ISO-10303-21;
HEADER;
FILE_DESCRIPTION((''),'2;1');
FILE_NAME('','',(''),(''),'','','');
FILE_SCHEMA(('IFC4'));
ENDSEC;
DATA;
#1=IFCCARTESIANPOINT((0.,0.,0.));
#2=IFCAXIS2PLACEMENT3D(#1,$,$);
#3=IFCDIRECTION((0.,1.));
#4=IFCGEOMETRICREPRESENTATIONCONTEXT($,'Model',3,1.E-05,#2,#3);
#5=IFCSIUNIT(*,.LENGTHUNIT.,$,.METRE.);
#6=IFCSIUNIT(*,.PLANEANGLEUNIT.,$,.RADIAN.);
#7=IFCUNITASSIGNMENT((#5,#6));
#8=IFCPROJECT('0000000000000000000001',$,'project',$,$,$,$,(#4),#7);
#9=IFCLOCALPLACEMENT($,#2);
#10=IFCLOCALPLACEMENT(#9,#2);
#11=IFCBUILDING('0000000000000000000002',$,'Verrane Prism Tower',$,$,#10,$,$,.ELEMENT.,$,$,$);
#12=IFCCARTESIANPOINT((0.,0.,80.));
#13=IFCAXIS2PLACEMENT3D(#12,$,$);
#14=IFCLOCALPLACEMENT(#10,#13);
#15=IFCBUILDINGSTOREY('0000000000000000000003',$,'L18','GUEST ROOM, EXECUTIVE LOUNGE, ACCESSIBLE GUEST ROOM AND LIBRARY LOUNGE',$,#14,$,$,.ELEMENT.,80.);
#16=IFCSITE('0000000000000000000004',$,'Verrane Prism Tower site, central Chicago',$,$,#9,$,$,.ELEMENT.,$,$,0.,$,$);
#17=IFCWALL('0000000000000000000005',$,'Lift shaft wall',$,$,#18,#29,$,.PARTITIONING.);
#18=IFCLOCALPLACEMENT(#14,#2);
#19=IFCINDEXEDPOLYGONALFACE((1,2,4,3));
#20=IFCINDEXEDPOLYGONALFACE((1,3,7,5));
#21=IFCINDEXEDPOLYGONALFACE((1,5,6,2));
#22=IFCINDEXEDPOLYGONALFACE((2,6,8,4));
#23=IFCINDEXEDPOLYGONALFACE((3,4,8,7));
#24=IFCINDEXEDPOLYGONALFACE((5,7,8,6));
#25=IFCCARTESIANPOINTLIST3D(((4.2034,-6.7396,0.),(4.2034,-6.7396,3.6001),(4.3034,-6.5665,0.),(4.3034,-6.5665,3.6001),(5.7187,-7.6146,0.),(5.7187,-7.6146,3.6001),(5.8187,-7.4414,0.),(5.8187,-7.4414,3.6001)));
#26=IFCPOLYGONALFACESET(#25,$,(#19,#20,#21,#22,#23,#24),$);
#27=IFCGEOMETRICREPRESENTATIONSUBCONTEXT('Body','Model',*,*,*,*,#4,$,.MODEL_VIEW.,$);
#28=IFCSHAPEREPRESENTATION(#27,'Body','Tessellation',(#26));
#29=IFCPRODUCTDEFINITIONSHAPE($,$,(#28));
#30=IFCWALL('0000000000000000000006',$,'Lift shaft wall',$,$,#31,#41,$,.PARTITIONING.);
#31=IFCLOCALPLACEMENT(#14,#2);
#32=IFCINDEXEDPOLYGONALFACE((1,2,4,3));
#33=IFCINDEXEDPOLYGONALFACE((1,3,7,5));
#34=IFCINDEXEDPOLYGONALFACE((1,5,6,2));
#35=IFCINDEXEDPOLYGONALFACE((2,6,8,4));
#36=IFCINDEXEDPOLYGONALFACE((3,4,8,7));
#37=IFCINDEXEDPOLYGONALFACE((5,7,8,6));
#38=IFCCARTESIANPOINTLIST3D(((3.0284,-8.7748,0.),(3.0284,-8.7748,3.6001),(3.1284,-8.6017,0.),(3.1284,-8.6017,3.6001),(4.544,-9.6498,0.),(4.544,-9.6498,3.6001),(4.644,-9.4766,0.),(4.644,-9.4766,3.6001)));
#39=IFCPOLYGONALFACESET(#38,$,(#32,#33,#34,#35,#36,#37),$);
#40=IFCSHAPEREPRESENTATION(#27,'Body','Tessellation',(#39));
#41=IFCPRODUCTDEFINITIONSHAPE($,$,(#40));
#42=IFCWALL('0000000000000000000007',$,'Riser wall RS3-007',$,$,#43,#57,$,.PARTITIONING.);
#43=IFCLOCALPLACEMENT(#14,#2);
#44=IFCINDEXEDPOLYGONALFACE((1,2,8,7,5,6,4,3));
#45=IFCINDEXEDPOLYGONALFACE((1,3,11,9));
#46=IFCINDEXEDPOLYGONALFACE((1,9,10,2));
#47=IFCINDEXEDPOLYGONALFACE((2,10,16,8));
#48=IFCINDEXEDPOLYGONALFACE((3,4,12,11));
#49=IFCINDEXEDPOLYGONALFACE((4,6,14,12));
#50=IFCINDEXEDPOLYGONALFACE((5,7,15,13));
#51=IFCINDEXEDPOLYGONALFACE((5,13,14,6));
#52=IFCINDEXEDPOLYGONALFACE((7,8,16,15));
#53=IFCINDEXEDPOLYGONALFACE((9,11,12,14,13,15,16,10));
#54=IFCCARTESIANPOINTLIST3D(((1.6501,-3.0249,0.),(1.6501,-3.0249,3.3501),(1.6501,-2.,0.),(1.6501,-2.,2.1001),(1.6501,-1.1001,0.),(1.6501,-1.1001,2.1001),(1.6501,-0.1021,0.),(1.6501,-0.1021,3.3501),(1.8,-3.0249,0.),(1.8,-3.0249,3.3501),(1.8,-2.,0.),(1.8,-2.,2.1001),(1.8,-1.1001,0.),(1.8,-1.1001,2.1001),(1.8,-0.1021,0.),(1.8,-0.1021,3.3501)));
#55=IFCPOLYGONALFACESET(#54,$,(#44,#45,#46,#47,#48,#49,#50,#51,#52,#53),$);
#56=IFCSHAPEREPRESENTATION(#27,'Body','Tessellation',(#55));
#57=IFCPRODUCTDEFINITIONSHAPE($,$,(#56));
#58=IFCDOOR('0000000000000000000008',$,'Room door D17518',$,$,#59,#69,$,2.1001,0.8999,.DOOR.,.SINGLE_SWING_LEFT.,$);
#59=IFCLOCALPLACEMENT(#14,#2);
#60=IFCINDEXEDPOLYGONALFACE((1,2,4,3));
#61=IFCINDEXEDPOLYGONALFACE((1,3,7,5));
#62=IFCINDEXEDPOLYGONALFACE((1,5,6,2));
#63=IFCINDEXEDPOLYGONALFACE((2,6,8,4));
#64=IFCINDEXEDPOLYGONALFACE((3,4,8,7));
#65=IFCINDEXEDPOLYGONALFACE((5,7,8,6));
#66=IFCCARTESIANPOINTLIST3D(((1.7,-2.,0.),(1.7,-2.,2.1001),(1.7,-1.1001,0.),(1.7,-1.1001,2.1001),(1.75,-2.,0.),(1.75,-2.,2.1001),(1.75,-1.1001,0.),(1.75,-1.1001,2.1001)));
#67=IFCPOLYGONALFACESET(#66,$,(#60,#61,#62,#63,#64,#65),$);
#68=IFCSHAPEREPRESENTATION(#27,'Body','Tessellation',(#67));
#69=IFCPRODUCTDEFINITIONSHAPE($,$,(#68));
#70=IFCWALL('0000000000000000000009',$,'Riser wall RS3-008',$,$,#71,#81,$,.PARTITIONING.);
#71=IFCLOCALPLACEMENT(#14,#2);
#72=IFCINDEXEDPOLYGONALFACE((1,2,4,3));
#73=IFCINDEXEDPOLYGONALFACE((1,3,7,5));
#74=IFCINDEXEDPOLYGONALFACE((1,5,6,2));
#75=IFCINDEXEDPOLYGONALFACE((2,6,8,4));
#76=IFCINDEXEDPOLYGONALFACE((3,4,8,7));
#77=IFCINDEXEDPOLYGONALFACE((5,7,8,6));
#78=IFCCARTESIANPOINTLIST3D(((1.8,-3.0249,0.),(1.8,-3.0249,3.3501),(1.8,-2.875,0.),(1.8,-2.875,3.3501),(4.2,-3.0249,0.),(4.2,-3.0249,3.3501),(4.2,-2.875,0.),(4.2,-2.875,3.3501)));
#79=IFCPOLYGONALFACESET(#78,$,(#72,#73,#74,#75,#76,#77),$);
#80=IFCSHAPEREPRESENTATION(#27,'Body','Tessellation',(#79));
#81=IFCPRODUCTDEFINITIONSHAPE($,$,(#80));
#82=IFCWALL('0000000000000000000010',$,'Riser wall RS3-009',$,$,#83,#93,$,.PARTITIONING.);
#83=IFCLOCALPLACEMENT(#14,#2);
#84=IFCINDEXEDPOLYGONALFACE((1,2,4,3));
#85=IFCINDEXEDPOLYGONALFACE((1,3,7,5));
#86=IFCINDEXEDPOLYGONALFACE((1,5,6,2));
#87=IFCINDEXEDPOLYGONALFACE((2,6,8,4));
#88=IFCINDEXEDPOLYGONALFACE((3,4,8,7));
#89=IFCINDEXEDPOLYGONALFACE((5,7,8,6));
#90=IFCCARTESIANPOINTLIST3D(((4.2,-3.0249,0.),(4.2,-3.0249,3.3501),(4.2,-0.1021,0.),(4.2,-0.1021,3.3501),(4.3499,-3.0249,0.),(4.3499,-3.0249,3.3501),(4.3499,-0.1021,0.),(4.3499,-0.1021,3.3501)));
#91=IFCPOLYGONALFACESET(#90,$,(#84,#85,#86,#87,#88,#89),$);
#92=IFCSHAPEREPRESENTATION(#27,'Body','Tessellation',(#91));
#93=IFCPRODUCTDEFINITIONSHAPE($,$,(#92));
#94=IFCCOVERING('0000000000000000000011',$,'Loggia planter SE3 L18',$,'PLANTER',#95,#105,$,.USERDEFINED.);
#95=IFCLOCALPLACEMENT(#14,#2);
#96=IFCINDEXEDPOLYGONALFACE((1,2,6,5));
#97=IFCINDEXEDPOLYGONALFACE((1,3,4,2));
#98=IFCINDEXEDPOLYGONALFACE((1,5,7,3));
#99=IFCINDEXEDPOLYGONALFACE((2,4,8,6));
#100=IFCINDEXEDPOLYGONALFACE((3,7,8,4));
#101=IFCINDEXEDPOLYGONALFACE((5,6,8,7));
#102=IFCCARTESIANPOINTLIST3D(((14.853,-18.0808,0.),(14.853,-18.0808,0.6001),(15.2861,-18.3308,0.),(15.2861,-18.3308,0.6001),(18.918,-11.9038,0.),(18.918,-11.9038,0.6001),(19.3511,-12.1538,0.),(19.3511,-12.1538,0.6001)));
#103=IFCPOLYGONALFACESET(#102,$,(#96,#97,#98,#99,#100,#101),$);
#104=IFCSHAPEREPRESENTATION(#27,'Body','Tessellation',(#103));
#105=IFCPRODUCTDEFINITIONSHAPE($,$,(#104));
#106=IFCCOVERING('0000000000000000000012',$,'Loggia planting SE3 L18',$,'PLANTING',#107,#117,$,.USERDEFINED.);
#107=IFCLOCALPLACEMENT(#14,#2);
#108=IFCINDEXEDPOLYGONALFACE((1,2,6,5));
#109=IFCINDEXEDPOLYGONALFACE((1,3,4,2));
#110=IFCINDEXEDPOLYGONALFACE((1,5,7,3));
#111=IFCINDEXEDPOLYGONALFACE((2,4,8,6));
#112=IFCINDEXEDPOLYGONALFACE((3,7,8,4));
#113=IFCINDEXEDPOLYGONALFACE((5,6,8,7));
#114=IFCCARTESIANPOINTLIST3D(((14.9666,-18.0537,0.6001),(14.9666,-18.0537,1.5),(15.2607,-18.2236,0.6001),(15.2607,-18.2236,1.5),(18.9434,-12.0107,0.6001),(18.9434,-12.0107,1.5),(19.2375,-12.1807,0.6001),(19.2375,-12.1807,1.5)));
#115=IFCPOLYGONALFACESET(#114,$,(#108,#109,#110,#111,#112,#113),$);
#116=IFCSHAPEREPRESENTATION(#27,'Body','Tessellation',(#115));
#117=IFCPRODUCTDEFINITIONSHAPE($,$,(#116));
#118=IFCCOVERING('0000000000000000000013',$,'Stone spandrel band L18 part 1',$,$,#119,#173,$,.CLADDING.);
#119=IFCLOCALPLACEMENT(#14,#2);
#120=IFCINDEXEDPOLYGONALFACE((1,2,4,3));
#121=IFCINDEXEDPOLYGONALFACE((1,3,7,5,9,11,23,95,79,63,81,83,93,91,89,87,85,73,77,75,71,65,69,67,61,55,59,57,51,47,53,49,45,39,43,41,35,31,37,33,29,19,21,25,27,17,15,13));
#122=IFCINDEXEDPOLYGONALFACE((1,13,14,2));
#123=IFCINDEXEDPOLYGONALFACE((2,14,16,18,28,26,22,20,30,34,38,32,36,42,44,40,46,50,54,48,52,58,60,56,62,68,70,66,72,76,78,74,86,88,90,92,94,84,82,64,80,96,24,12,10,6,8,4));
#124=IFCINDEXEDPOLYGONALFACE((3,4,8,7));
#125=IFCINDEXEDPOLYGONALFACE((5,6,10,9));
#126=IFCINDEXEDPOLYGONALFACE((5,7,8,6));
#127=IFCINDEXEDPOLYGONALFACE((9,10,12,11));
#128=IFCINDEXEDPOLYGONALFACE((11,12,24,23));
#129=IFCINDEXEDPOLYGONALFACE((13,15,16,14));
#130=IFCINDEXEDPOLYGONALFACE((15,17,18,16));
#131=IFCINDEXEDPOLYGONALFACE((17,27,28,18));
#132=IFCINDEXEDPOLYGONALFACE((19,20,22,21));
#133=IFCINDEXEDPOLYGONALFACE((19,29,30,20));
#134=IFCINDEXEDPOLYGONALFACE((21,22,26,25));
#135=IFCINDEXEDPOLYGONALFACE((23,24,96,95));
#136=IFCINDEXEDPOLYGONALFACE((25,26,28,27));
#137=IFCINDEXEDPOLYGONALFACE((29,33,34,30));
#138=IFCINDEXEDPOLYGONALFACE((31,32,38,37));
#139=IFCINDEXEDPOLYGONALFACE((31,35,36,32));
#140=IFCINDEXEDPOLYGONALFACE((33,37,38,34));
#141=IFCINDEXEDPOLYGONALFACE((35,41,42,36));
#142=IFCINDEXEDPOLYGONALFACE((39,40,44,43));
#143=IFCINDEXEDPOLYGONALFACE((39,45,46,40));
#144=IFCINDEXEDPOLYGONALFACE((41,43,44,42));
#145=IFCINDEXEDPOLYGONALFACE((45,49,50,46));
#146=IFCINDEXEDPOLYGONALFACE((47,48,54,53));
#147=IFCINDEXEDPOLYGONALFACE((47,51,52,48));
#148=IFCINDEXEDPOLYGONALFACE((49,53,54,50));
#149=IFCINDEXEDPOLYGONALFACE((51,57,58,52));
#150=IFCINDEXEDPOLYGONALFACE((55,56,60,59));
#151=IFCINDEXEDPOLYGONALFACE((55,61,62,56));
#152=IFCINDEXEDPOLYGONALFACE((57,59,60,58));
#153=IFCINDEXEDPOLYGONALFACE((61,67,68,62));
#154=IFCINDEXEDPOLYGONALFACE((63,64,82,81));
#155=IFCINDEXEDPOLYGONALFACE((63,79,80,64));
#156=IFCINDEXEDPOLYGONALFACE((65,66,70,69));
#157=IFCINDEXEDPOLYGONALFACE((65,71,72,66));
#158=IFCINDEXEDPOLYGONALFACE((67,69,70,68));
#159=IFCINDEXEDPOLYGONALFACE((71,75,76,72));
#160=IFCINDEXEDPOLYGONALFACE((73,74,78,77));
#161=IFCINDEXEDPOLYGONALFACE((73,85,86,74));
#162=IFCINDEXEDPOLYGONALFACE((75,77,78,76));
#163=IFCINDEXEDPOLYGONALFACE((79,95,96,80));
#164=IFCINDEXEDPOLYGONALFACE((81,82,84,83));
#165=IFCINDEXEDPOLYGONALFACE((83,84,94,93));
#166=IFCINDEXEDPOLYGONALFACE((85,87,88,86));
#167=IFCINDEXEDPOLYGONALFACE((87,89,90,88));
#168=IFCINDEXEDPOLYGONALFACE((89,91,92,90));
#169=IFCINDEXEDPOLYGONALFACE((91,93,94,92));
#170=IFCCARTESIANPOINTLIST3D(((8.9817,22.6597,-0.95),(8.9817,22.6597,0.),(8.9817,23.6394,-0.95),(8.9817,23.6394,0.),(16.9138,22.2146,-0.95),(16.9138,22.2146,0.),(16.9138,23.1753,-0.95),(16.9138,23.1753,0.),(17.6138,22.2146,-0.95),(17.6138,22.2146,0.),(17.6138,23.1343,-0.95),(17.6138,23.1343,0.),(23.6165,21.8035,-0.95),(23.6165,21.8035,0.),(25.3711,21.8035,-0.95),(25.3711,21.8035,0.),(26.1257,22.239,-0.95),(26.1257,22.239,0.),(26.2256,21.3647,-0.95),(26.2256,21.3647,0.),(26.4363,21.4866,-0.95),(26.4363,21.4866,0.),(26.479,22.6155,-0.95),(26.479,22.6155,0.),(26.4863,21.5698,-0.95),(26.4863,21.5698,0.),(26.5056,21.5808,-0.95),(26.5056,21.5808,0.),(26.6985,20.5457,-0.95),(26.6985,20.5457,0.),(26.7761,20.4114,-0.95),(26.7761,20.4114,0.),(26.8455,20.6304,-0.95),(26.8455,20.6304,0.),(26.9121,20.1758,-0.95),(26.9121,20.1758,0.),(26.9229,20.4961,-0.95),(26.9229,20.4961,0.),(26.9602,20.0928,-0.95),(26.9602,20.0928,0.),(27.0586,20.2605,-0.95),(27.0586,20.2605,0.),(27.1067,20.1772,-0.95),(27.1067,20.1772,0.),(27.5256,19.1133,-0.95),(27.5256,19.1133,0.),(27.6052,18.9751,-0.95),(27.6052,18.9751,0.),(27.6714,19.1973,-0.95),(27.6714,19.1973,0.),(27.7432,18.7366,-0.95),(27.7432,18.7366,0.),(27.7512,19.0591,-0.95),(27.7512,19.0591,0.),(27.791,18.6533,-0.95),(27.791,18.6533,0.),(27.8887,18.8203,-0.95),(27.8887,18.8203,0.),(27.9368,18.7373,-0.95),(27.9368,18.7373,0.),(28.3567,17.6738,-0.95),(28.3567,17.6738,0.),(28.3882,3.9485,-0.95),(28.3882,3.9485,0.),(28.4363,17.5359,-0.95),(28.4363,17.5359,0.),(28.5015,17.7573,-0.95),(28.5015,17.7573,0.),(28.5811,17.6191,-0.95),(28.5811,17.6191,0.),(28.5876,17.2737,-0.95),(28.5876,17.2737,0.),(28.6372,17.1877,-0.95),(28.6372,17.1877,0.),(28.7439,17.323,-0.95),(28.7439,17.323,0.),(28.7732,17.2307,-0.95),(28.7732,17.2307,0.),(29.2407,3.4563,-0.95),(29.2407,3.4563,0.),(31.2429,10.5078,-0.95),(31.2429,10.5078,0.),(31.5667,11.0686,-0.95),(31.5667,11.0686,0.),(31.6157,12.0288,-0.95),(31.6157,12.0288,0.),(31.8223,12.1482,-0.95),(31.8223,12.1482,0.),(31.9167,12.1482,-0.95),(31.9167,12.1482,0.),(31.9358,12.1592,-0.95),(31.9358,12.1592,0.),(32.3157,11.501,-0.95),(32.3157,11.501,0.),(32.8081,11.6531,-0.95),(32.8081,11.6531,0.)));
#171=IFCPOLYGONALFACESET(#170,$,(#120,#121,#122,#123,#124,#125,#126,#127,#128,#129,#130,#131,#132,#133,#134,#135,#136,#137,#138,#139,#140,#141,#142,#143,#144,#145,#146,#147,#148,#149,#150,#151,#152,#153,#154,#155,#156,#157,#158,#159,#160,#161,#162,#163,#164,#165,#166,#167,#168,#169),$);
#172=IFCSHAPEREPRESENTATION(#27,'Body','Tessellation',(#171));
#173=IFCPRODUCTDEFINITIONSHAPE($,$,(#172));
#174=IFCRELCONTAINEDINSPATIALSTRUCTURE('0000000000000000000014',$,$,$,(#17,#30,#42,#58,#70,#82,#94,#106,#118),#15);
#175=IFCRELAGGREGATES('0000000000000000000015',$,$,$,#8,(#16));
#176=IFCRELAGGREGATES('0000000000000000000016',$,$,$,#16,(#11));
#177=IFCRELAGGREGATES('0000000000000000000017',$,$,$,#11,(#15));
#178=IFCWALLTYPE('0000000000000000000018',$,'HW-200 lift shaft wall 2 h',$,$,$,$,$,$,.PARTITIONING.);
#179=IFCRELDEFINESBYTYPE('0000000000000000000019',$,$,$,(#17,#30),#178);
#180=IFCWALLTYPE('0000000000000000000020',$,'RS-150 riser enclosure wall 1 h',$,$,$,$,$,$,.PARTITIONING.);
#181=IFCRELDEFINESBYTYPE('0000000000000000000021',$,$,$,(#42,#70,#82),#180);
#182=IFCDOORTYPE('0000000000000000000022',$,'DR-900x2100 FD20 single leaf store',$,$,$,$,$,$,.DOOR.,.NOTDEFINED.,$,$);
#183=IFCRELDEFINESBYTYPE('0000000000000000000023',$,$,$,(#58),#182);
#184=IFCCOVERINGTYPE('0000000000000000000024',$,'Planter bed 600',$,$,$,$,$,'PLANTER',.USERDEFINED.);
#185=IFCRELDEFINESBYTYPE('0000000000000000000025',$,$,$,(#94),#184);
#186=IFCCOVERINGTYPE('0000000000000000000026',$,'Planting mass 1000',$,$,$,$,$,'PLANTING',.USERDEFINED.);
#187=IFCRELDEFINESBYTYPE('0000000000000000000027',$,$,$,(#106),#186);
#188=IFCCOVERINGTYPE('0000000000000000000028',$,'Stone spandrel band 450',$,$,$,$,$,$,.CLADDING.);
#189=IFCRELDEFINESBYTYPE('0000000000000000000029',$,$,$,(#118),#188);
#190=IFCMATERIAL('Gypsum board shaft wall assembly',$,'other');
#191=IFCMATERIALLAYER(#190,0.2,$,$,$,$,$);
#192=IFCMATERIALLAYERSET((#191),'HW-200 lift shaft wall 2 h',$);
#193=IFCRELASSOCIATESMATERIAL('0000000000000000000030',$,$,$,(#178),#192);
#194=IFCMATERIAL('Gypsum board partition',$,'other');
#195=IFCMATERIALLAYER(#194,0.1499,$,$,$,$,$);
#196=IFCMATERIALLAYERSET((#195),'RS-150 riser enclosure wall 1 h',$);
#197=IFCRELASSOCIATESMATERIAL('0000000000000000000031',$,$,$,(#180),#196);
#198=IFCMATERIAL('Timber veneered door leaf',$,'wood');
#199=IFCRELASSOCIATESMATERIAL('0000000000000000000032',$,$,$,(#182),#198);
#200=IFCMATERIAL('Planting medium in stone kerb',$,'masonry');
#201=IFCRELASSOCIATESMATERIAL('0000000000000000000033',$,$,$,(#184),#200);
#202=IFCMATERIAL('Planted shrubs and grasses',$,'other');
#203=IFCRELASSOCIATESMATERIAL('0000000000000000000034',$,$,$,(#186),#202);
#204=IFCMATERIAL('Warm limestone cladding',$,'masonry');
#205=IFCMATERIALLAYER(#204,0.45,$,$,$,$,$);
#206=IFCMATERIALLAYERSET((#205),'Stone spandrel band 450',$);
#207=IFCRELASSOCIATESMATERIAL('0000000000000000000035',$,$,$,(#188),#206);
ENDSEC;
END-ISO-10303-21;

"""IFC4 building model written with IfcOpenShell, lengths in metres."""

from ifc_helpers import new_model, si_unit, direction, frame, frame_2d, origin, place, context, subcontext, project, spatial, polyline, rectangle, outline, extrude, material, layer, layer_set, type_object, element, fill, save


model = new_model("IFC4")

# Units and contexts
model_context = context("Model", 3, precision=1e-05, world=origin(), true_north=direction((0.0, 1.0)))
body_context = subcontext(model_context, "Body", "Model", "MODEL_VIEW")
ifc_project = project(units=[si_unit("LENGTHUNIT", "METRE"), si_unit("PLANEANGLEUNIT", "RADIAN")], contexts=[model_context])

# Site, building, storey
site_placement = place(None, origin())
site = spatial("IfcSite", under=ifc_project, at=site_placement, Name="Verrane Prism Tower site, central Chicago", CompositionType="ELEMENT", RefElevation=0.0)
building_placement = place(site_placement, origin())
building = spatial("IfcBuilding", under=site, at=building_placement, Name="Verrane Prism Tower", CompositionType="ELEMENT")
storey_placement = place(building_placement, frame((0.0, 0.0, 80.0)))
storey = spatial("IfcBuildingStorey", under=building, at=storey_placement, Name="L18", Description="GUEST ROOM, EXECUTIVE LOUNGE, ACCESSIBLE GUEST ROOM AND LIBRARY LOUNGE", CompositionType="ELEMENT", Elevation=80.0)

# Shared definitions
ifc_material_1 = material(Name="Gypsum board shaft wall assembly", Category="other")
ifc_layer_1 = layer(ifc_material_1, 0.2)
ifc_layer_set_1 = layer_set([ifc_layer_1], Name="HW-200 lift shaft wall 2 h")
wall_type_1 = type_object("IfcWallType", Name="HW-200 lift shaft wall 2 h", PredefinedType="PARTITIONING", material=ifc_layer_set_1)

# Walls
wall_1_placement = place(storey_placement, frame((5.7688, -7.5281, 0.0), z_axis=(0.0, 0.0, 1.0), x_axis=(-0.866002, 0.50004, 0.0)))
element("IfcWall", 1, at=wall_1_placement, inside=storey, type_object=wall_type_1, Name="Lift shaft wall", PredefinedType="PARTITIONING", context=body_context, shape_type="SweptSolid", body=[
    extrude(rectangle(XDim=1.7498, YDim=0.2, at=frame_2d((0.875, 0.0))), origin(), (0.0, 0.0, 1.0), 3.6001),
])
wall_2_placement = place(storey_placement, frame((4.594, -9.5632, 0.0), z_axis=(0.0, 0.0, 1.0), x_axis=(-0.866037, 0.49998, 0.0)))
element("IfcWall", 2, at=wall_2_placement, inside=storey, type_object=wall_type_1, Name="Lift shaft wall", PredefinedType="PARTITIONING", context=body_context, shape_type="SweptSolid", body=[
    extrude(rectangle(XDim=1.75, YDim=0.2, at=frame_2d((0.875, 0.0))), origin(), (0.0, 0.0, 1.0), 3.6001),
])

# Wall, opening, door
ifc_material_2 = material(Name="Gypsum board partition", Category="other")
ifc_layer_2 = layer(ifc_material_2, 0.1499)
ifc_layer_set_2 = layer_set([ifc_layer_2], Name="RS-150 riser enclosure wall 1 h")
wall_type_2 = type_object("IfcWallType", Name="RS-150 riser enclosure wall 1 h", PredefinedType="PARTITIONING", material=ifc_layer_set_2)
wall_3_placement = place(storey_placement, frame((1.7251, -0.1021, 0.0), z_axis=(0.0, 0.0, 1.0), x_axis=(0.0, -1.0, 0.0)))
wall_3 = element("IfcWall", 3, at=wall_3_placement, inside=storey, type_object=wall_type_2, Name="Riser wall RS3-007", PredefinedType="PARTITIONING", context=body_context, shape_type="SweptSolid", body=[
    extrude(rectangle(XDim=2.9229, YDim=0.1499, at=frame_2d((1.4614, 0.0))), origin(), (0.0, 0.0, 1.0), 3.3501),
])
opening_1_placement = place(wall_3_placement, frame((0.998, 0.0, 0.0)))
opening_1 = element("IfcOpeningElement", 4, at=opening_1_placement, cuts=wall_3, PredefinedType="OPENING", context=body_context, shape_type="SweptSolid", body=[
    extrude(rectangle(XDim=0.8999, YDim=2.1001, at=frame_2d((0.45, 1.05))), frame((0.0, 0.085, 0.0), z_axis=(0.0, -1.0, 0.0), x_axis=(1.0, 0.0, 0.0)), (0.0, 0.0, 1.0), 0.1699),
])
ifc_material_3 = material(Name="Timber veneered door leaf", Category="wood")
door_type_1 = type_object("IfcDoorType", Name="DR-900x2100 FD20 single leaf store", OperationType="NOTDEFINED", PredefinedType="DOOR", material=ifc_material_3)
door_1_placement = place(opening_1_placement, origin())
door_1 = element("IfcDoor", 5, at=door_1_placement, inside=storey, type_object=door_type_1, Name="Room door D17518", OperationType="SINGLE_SWING_LEFT", OverallHeight=2.1001, OverallWidth=0.8999, PredefinedType="DOOR", context=body_context, shape_type="SweptSolid", body=[
    extrude(rectangle(XDim=0.8999, YDim=2.1001, at=frame_2d((0.45, 1.05))), frame((0.0, 0.0249, 0.0), z_axis=(0.0, -1.0, 0.0), x_axis=(1.0, 0.0, 0.0)), (0.0, 0.0, 1.0), 0.05),
])
fill(opening_1, door_1)

# Walls
wall_4_placement = place(storey_placement, frame((1.8, -2.95, 0.0), z_axis=(0.0, 0.0, 1.0), x_axis=(1.0, 0.0, 0.0)))
element("IfcWall", 6, at=wall_4_placement, inside=storey, type_object=wall_type_2, Name="Riser wall RS3-008", PredefinedType="PARTITIONING", context=body_context, shape_type="SweptSolid", body=[
    extrude(rectangle(XDim=2.3999, YDim=0.1499, at=frame_2d((1.2, 0.0))), origin(), (0.0, 0.0, 1.0), 3.3501),
])
wall_5_placement = place(storey_placement, frame((4.2749, -3.0249, 0.0), z_axis=(0.0, 0.0, 1.0), x_axis=(0.0, 1.0, 0.0)))
element("IfcWall", 7, at=wall_5_placement, inside=storey, type_object=wall_type_2, Name="Riser wall RS3-009", PredefinedType="PARTITIONING", context=body_context, shape_type="SweptSolid", body=[
    extrude(rectangle(XDim=2.9229, YDim=0.1499, at=frame_2d((1.4614, 0.0))), origin(), (0.0, 0.0, 1.0), 3.3501),
])

# Coverings
ifc_material_4 = material(Name="Planting medium in stone kerb", Category="masonry")
covering_type_1 = type_object("IfcCoveringType", Name="Planter bed 600", ElementType="PLANTER", PredefinedType="USERDEFINED", material=ifc_material_4)
covering_1_placement = place(storey_placement, origin())
element("IfcCovering", 8, at=covering_1_placement, inside=storey, type_object=covering_type_1, Name="Loggia planter SE3 L18", ObjectType="PLANTER", PredefinedType="USERDEFINED", context=body_context, shape_type="SweptSolid", body=[
    extrude(outline(polyline([(15.2861, -18.3308), (19.3511, -12.1538), (18.918, -11.9038), (14.853, -18.0808), (15.2861, -18.3308)])), origin(), (0.0, 0.0, 1.0), 0.6001),
])
ifc_material_5 = material(Name="Planted shrubs and grasses", Category="other")
covering_type_2 = type_object("IfcCoveringType", Name="Planting mass 1000", ElementType="PLANTING", PredefinedType="USERDEFINED", material=ifc_material_5)
covering_2_placement = place(storey_placement, frame((0.0, 0.0, 0.6001)))
element("IfcCovering", 9, at=covering_2_placement, inside=storey, type_object=covering_type_2, Name="Loggia planting SE3 L18", ObjectType="PLANTING", PredefinedType="USERDEFINED", context=body_context, shape_type="SweptSolid", body=[
    extrude(outline(polyline([(19.2375, -12.1807), (18.9434, -12.0107), (14.9666, -18.0537), (15.2607, -18.2236), (19.2375, -12.1807)])), origin(), (0.0, 0.0, 1.0), 0.8999),
])
ifc_material_6 = material(Name="Warm limestone cladding", Category="masonry")
ifc_layer_3 = layer(ifc_material_6, 0.45)
ifc_layer_set_3 = layer_set([ifc_layer_3], Name="Stone spandrel band 450")
covering_type_3 = type_object("IfcCoveringType", Name="Stone spandrel band 450", PredefinedType="CLADDING", material=ifc_layer_set_3)
covering_3_placement = place(storey_placement, frame((0.0, 0.0, -0.95)))
element("IfcCovering", 10, at=covering_3_placement, inside=storey, type_object=covering_type_3, Name="Stone spandrel band L18 part 1", PredefinedType="CLADDING", context=body_context, shape_type="SweptSolid", body=[
    extrude(outline(polyline([(8.9817, 22.6597), (23.6165, 21.8035), (25.3711, 21.8035), (26.1257, 22.239), (26.5056, 21.5808), (26.4863, 21.5698), (26.4363, 21.4866), (26.2256, 21.3647), (26.6985, 20.5457), (26.8455, 20.6304), (26.9229, 20.4961), (26.7761, 20.4114), (26.9121, 20.1758), (27.0586, 20.2605), (27.1067, 20.1772), (26.9602, 20.0928), (27.5256, 19.1133), (27.6714, 19.1973), (27.7512, 19.0591), (27.6052, 18.9751), (27.7432, 18.7366), (27.8887, 18.8203), (27.9368, 18.7373), (27.791, 18.6533), (28.3567, 17.6738), (28.5015, 17.7573), (28.5811, 17.6191), (28.4363, 17.5359), (28.5876, 17.2737), (28.7439, 17.323), (28.7732, 17.2307), (28.6372, 17.1877), (31.6157, 12.0288), (31.8223, 12.1482), (31.9167, 12.1482), (31.9358, 12.1592), (32.3157, 11.501), (31.5667, 11.0686), (31.2429, 10.5078), (28.3882, 3.9485), (29.2407, 3.4563), (32.8081, 11.6531), (26.479, 22.6155), (17.6138, 23.1343), (17.6138, 22.2146), (16.9138, 22.2146), (16.9138, 23.1753), (8.9817, 23.6394), (8.9817, 22.6597)])), origin(), (0.0, 0.0, 1.0), 0.95),
])

save(model, "model.ifc")
